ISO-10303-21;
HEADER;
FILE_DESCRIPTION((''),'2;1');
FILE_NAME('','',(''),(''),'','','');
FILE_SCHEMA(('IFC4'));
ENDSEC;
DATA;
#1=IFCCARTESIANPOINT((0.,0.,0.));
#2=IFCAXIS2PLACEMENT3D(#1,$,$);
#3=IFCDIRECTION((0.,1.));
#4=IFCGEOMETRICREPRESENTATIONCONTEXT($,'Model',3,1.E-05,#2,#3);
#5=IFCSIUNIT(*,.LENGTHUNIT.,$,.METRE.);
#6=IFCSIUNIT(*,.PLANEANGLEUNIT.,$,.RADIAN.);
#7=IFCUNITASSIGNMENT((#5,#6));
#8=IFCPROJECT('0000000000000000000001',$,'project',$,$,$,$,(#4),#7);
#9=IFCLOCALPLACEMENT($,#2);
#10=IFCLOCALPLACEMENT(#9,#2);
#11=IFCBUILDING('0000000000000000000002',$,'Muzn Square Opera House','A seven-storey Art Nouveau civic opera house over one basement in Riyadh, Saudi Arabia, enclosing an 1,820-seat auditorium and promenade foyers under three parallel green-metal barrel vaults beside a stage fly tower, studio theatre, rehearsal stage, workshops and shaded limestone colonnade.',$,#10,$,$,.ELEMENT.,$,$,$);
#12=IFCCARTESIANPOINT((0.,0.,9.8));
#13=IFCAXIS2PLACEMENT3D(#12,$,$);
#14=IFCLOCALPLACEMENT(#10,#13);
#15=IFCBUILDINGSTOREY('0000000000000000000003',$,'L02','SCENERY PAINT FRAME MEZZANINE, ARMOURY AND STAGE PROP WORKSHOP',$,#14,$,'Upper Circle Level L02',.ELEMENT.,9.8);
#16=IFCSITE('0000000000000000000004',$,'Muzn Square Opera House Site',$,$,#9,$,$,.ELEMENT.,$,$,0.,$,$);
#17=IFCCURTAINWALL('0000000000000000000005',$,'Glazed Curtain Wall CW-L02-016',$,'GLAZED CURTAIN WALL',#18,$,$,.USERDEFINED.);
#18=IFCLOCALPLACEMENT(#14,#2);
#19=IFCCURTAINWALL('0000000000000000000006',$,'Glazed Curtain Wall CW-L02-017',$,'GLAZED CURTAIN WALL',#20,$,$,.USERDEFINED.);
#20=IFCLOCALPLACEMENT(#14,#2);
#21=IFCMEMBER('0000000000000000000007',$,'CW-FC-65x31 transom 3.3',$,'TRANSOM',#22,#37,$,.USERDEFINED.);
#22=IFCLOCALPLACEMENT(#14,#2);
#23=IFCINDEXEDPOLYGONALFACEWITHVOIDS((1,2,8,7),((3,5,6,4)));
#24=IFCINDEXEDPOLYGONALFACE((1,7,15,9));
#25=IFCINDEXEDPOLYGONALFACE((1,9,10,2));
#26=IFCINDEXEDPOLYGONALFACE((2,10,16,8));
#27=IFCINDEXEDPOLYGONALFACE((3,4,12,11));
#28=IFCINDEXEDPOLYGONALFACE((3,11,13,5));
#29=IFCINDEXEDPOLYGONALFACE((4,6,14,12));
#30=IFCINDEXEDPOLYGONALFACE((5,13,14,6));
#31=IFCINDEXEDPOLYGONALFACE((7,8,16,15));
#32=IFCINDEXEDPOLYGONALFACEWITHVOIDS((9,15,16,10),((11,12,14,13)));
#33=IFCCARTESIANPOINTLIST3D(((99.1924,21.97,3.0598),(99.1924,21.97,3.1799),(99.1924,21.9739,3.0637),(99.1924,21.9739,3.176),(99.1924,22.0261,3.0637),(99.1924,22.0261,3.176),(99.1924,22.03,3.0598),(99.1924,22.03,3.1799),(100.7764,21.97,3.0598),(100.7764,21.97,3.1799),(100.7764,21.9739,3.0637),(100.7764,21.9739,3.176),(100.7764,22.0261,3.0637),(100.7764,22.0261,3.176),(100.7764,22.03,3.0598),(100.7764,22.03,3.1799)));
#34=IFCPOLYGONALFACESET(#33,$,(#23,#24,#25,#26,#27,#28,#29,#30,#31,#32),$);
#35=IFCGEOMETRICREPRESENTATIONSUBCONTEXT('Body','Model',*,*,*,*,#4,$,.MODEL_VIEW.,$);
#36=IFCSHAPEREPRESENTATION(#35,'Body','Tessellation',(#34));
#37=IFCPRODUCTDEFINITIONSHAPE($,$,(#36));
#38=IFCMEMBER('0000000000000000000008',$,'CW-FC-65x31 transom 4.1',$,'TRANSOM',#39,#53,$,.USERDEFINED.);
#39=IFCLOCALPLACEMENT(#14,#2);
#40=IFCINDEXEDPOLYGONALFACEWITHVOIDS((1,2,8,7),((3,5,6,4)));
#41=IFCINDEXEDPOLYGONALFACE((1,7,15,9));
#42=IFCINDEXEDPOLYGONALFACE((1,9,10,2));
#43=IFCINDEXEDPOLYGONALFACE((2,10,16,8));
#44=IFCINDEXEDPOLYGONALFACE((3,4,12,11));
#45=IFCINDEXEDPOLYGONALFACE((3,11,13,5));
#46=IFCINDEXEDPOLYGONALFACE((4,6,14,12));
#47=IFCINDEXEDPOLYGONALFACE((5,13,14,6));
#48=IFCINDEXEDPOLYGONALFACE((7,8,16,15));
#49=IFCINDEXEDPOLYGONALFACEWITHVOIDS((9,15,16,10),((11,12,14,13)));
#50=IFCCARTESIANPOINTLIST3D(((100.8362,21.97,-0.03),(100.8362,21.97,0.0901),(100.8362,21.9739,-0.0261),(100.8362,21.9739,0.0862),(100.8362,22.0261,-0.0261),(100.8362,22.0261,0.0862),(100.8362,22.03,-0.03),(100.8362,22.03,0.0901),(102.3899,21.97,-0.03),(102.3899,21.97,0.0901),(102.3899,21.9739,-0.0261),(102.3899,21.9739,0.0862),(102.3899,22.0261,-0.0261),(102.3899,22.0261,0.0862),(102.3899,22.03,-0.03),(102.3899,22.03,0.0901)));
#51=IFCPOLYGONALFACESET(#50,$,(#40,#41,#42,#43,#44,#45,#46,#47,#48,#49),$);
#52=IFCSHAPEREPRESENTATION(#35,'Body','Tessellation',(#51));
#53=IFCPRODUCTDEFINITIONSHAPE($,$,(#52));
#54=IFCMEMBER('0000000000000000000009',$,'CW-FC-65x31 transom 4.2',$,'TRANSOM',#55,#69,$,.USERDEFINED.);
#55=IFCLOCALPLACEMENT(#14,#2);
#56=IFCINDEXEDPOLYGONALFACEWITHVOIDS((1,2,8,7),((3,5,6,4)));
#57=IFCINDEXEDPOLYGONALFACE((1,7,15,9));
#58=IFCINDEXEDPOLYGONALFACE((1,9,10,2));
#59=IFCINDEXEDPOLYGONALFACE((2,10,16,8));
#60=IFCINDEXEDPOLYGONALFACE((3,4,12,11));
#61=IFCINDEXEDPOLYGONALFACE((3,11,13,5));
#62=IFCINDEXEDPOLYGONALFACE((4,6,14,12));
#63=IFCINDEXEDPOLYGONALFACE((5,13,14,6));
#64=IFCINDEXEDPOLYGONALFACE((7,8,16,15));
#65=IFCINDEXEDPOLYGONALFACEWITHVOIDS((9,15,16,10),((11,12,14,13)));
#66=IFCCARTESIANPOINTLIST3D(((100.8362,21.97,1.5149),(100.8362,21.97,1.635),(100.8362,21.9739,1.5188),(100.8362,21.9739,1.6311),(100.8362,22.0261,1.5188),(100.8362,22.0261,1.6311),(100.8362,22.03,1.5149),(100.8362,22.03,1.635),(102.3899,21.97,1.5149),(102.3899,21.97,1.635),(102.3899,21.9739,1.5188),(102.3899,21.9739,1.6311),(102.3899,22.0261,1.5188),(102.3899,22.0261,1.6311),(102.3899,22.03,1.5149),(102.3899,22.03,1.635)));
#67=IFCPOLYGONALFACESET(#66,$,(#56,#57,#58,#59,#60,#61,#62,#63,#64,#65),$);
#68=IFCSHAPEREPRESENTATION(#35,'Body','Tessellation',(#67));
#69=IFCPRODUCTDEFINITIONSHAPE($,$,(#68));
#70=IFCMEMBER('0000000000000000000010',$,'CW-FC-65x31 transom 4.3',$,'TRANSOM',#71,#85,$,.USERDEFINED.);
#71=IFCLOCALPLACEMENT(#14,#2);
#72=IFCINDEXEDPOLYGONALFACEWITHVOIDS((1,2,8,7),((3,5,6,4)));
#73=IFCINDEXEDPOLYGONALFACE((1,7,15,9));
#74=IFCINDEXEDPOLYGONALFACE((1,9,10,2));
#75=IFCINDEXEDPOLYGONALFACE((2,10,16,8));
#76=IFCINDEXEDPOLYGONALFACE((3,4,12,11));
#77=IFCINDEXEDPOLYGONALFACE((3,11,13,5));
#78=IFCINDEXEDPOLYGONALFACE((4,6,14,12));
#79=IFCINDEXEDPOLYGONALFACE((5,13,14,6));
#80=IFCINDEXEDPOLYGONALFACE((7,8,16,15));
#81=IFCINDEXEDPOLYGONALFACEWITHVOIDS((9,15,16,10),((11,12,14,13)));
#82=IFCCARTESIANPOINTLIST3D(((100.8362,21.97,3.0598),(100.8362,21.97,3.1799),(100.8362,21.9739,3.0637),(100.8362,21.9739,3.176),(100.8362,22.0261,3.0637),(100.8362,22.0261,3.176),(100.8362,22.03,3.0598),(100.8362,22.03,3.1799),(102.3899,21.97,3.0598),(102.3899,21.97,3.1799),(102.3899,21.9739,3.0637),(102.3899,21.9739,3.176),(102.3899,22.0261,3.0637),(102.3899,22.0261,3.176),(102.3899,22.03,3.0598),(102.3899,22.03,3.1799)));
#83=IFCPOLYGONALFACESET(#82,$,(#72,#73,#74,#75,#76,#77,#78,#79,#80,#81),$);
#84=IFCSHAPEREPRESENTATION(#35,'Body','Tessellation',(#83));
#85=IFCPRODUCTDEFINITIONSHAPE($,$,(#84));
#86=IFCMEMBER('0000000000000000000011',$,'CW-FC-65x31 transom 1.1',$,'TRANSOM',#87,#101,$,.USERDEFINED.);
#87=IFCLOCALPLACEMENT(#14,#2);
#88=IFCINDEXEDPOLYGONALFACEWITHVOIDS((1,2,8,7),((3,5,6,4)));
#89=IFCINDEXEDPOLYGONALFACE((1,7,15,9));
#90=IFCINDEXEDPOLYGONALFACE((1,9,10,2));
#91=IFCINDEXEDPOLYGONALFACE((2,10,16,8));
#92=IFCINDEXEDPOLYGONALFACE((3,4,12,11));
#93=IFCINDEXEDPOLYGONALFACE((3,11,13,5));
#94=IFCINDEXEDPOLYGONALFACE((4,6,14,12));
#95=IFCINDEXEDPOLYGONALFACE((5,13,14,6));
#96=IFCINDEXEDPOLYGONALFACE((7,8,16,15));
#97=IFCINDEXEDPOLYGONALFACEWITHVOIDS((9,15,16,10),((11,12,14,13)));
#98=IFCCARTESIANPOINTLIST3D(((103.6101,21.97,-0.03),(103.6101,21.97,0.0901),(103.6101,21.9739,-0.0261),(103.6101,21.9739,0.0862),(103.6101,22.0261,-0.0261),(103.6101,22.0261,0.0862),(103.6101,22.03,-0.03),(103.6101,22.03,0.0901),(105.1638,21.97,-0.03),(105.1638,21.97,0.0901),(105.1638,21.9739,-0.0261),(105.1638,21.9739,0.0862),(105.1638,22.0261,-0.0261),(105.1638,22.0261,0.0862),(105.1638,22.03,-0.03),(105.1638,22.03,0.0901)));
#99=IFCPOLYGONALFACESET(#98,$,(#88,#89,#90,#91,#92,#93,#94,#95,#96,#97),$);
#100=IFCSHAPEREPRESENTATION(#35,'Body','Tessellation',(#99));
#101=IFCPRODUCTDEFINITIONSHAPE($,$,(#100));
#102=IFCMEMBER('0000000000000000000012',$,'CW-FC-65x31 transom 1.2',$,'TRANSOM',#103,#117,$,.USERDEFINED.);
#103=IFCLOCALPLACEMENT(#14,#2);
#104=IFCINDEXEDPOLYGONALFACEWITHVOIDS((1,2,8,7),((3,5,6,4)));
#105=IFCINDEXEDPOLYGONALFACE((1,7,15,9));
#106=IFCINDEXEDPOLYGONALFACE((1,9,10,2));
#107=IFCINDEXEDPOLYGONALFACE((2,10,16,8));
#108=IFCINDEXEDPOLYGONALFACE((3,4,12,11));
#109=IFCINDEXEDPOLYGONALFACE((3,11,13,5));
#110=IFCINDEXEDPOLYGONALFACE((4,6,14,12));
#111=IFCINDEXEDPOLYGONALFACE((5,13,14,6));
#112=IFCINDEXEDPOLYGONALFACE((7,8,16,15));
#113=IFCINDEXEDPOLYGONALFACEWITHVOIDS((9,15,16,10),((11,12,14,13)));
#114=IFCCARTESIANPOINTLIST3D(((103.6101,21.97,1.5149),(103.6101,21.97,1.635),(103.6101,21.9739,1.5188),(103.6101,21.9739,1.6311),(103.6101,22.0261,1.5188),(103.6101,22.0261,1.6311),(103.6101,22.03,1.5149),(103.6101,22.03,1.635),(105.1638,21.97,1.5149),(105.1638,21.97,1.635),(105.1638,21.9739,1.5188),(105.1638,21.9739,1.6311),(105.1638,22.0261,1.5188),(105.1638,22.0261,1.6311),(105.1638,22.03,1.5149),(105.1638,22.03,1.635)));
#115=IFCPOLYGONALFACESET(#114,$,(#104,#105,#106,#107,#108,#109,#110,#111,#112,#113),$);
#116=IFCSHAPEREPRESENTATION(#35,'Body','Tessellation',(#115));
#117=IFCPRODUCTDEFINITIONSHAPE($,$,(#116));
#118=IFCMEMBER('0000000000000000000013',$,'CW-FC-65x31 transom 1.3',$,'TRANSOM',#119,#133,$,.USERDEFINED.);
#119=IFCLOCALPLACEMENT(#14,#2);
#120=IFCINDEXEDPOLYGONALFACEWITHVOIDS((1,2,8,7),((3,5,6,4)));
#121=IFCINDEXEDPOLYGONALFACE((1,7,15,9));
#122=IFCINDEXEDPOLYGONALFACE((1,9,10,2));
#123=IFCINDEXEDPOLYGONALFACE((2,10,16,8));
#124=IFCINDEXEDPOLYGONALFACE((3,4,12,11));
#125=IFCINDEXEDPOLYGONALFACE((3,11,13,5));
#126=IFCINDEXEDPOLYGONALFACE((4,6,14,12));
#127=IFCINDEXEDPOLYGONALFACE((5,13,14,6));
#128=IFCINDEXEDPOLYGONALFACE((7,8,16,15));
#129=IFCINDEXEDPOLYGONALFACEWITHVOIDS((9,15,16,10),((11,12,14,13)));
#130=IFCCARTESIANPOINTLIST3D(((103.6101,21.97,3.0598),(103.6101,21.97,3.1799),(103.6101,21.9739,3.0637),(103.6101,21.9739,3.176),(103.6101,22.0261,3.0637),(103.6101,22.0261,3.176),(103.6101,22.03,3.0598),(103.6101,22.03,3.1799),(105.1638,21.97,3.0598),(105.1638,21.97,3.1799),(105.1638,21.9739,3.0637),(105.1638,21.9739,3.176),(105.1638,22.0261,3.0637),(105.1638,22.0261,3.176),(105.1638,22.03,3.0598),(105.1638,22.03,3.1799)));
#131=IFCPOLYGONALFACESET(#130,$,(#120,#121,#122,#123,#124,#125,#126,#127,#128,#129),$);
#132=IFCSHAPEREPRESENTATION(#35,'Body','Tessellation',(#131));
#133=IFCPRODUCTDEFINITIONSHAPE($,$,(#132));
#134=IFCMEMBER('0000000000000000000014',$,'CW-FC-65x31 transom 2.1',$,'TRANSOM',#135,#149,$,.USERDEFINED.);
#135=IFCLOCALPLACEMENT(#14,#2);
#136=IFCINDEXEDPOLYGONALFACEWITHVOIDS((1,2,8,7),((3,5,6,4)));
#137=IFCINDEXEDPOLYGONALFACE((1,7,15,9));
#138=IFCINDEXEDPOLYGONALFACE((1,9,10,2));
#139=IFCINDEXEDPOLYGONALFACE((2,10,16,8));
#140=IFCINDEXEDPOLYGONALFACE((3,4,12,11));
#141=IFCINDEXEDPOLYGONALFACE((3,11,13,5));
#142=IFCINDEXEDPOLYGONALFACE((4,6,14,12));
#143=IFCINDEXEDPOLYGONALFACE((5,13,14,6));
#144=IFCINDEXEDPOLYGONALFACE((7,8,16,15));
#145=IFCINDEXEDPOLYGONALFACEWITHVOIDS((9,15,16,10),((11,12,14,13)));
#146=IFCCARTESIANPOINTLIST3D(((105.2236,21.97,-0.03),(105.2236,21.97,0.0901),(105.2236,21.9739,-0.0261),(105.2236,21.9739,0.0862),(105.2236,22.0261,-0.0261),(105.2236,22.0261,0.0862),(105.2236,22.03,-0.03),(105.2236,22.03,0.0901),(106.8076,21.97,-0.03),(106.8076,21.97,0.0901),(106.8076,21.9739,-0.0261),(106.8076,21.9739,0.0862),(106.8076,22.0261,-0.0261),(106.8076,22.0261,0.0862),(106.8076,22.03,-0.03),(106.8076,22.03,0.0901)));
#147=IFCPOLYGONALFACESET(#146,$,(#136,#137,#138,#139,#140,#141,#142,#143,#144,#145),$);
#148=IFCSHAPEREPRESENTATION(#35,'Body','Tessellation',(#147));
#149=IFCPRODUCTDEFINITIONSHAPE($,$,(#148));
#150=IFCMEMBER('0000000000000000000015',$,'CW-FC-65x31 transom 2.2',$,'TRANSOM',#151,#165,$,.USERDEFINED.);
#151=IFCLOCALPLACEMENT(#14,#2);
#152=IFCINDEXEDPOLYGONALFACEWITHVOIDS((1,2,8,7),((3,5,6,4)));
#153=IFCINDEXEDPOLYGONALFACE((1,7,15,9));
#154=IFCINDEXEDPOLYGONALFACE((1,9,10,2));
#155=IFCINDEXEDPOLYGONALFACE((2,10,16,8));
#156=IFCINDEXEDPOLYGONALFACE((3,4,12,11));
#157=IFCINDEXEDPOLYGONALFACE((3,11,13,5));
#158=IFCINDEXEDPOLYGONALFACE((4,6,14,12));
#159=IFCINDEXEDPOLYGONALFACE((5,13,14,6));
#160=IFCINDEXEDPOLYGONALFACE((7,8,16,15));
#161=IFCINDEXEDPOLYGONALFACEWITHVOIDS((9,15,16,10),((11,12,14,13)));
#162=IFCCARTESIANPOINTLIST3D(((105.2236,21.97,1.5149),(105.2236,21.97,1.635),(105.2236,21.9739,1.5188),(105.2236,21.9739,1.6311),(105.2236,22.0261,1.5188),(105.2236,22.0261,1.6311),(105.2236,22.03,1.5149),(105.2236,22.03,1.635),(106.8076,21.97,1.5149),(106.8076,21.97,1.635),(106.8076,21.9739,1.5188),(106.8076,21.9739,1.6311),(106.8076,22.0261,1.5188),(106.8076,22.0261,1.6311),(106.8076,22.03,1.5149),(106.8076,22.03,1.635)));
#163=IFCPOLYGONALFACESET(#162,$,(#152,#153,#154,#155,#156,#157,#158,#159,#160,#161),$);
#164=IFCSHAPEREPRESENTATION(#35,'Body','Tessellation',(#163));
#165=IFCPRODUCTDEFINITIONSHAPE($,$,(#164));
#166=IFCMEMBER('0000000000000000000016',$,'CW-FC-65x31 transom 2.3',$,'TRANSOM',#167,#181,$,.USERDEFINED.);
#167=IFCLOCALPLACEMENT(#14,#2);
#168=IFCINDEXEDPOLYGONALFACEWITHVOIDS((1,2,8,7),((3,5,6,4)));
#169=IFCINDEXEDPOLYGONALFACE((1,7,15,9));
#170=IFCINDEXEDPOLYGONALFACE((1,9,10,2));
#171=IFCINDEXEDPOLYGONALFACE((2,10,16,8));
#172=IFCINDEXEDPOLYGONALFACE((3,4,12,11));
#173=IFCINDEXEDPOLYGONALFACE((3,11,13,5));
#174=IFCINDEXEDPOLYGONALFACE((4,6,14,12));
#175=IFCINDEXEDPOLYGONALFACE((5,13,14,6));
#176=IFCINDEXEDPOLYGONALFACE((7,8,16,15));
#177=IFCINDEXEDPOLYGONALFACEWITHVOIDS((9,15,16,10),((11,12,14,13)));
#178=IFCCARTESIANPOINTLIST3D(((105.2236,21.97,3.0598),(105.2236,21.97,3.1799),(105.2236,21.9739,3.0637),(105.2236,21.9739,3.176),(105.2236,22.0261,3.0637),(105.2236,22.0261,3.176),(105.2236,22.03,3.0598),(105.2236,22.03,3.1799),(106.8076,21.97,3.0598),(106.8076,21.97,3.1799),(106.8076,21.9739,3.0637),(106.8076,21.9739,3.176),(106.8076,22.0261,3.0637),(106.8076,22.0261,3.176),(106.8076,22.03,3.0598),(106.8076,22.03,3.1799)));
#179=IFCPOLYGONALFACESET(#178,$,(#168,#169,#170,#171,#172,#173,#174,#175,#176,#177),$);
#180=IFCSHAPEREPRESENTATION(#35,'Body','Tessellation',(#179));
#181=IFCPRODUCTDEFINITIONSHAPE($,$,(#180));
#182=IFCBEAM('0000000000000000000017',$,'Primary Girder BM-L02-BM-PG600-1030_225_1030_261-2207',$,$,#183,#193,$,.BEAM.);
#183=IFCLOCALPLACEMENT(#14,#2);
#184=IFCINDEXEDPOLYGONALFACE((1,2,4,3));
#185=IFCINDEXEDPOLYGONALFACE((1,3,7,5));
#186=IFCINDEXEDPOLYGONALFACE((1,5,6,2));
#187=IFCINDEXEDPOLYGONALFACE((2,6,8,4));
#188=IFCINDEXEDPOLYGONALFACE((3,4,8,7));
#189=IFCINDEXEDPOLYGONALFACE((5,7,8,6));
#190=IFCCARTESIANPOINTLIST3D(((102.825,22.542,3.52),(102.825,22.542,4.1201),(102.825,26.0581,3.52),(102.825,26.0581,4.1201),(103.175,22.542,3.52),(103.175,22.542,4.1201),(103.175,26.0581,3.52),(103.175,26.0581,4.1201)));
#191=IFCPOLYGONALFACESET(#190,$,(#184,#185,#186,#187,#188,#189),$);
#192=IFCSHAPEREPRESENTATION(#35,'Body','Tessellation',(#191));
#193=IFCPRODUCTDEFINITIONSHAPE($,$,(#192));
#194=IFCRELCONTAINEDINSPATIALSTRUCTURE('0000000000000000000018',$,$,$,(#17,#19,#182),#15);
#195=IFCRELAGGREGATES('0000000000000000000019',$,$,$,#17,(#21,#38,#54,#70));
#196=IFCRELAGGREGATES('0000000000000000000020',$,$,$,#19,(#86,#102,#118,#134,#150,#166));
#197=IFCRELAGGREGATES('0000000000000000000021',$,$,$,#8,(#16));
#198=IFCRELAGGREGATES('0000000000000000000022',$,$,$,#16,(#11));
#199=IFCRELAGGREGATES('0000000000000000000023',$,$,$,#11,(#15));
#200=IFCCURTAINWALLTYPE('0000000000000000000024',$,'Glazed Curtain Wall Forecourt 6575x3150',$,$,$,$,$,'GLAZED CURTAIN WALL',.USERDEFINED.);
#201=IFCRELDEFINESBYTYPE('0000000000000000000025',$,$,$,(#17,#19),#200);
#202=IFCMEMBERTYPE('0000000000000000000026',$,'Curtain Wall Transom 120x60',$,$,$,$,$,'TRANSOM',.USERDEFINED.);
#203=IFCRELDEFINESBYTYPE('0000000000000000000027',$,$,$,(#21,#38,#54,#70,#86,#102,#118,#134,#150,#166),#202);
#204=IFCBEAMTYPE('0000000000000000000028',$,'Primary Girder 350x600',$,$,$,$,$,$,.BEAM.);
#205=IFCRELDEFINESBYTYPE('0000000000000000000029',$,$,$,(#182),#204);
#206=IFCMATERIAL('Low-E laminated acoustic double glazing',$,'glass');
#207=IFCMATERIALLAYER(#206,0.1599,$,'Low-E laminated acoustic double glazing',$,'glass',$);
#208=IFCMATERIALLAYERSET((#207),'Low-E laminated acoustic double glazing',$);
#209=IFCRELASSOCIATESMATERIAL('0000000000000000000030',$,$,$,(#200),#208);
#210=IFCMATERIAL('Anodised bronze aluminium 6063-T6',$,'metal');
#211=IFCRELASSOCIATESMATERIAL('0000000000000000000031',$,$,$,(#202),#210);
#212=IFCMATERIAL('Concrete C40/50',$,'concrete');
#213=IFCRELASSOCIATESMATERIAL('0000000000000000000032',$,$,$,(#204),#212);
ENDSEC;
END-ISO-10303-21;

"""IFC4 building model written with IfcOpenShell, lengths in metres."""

from ifc_helpers import new_model, si_unit, direction, frame, origin, origin_2d, place, context, subcontext, project, spatial, rectangle, hollow_rectangle, extrude, material, layer, layer_set, material_profile, profile_set, type_object, element, aggregate, save


model = new_model("IFC4")

# Units and contexts
model_context = context("Model", 3, precision=1e-05, world=origin(), true_north=direction((0.0, 1.0)))
body_context = subcontext(model_context, "Body", "Model", "MODEL_VIEW")
ifc_project = project(units=[si_unit("LENGTHUNIT", "METRE"), si_unit("PLANEANGLEUNIT", "RADIAN")], contexts=[model_context])

# Site, building, storey
site_placement = place(None, origin())
site = spatial("IfcSite", under=ifc_project, at=site_placement, Name="Muzn Square Opera House Site", CompositionType="ELEMENT", RefElevation=0.0)
building_placement = place(site_placement, origin())
building = spatial("IfcBuilding", under=site, at=building_placement, Name="Muzn Square Opera House", Description="A seven-storey Art Nouveau civic opera house over one basement in Riyadh, Saudi Arabia, enclosing an 1,820-seat auditorium and promenade foyers under three parallel green-metal barrel vaults beside a stage fly tower, studio theatre, rehearsal stage, workshops and shaded limestone colonnade.", CompositionType="ELEMENT")
storey_placement = place(building_placement, frame((0.0, 0.0, 9.8)))
storey = spatial("IfcBuildingStorey", under=building, at=storey_placement, Name="L02", Description="SCENERY PAINT FRAME MEZZANINE, ARMOURY AND STAGE PROP WORKSHOP", LongName="Upper Circle Level L02", CompositionType="ELEMENT", Elevation=9.8)

# Curtain walls
ifc_material_1 = material(Name="Low-E laminated acoustic double glazing", Category="glass")
ifc_layer_1 = layer(ifc_material_1, 0.1599, Name="Low-E laminated acoustic double glazing", Category="glass")
ifc_layer_set_1 = layer_set([ifc_layer_1], Name="Low-E laminated acoustic double glazing")
curtain_wall_type = type_object("IfcCurtainWallType", Name="Glazed Curtain Wall Forecourt 6575x3150", ElementType="GLAZED CURTAIN WALL", PredefinedType="USERDEFINED", material=ifc_layer_set_1)
curtain_wall_1_placement = place(storey_placement, origin())
curtain_wall_1 = element("IfcCurtainWall", 1, at=curtain_wall_1_placement, inside=storey, type_object=curtain_wall_type, Name="Glazed Curtain Wall CW-L02-016", ObjectType="GLAZED CURTAIN WALL", PredefinedType="USERDEFINED")
ifc_material_2 = material(Name="Anodised bronze aluminium 6063-T6", Category="metal")
curtain_wall_2_placement = place(storey_placement, origin())
curtain_wall_2 = element("IfcCurtainWall", 2, at=curtain_wall_2_placement, inside=storey, type_object=curtain_wall_type, Name="Glazed Curtain Wall CW-L02-017", ObjectType="GLAZED CURTAIN WALL", PredefinedType="USERDEFINED")

# Members
ifc_material_profile_1 = material_profile(ifc_material_2, hollow_rectangle(XDim=0.0601, YDim=0.1201, WallThickness=0.0039, at=origin_2d()), Name="ALU 120x60x4", Category="metal")
ifc_profile_set_1 = profile_set([ifc_material_profile_1], Name="Anodised bronze aluminium 6063-T6")
member_type_1 = type_object("IfcMemberType", Name="Curtain Wall Transom 120x60", ElementType="TRANSOM", PredefinedType="USERDEFINED", material=ifc_profile_set_1)
member_1_placement = place(storey_placement, frame((99.1924, 22.0, 3.1199), z_axis=(1.0, 0.0, 0.0), x_axis=(0.0, 1.0, 0.0)))
member_1 = element("IfcMember", 3, at=member_1_placement, type_object=member_type_1, Name="CW-FC-65x31 transom 3.3", ObjectType="TRANSOM", PredefinedType="USERDEFINED", context=body_context, shape_type="SweptSolid", body=[
    extrude(hollow_rectangle(XDim=0.0601, YDim=0.1201, WallThickness=0.0039, at=origin_2d()), origin(), (0.0, 0.0, 1.0), 1.584),
])
member_2_placement = place(storey_placement, frame((100.8362, 22.0, 0.03), z_axis=(1.0, 0.0, 0.0), x_axis=(0.0, 1.0, 0.0)))
member_2 = element("IfcMember", 4, at=member_2_placement, type_object=member_type_1, Name="CW-FC-65x31 transom 4.1", ObjectType="TRANSOM", PredefinedType="USERDEFINED", context=body_context, shape_type="SweptSolid", body=[
    extrude(hollow_rectangle(XDim=0.0601, YDim=0.1201, WallThickness=0.0039, at=origin_2d()), origin(), (0.0, 0.0, 1.0), 1.5537),
])
member_3_placement = place(storey_placement, frame((100.8362, 22.0, 1.575), z_axis=(1.0, 0.0, 0.0), x_axis=(0.0, 1.0, 0.0)))
member_3 = element("IfcMember", 5, at=member_3_placement, type_object=member_type_1, Name="CW-FC-65x31 transom 4.2", ObjectType="TRANSOM", PredefinedType="USERDEFINED", context=body_context, shape_type="SweptSolid", body=[
    extrude(hollow_rectangle(XDim=0.0601, YDim=0.1201, WallThickness=0.0039, at=origin_2d()), origin(), (0.0, 0.0, 1.0), 1.5537),
])
member_4_placement = place(storey_placement, frame((100.8362, 22.0, 3.1199), z_axis=(1.0, 0.0, 0.0), x_axis=(0.0, 1.0, 0.0)))
member_4 = element("IfcMember", 6, at=member_4_placement, type_object=member_type_1, Name="CW-FC-65x31 transom 4.3", ObjectType="TRANSOM", PredefinedType="USERDEFINED", context=body_context, shape_type="SweptSolid", body=[
    extrude(hollow_rectangle(XDim=0.0601, YDim=0.1201, WallThickness=0.0039, at=origin_2d()), origin(), (0.0, 0.0, 1.0), 1.5537),
])
member_5_placement = place(storey_placement, frame((103.6101, 22.0, 0.03), z_axis=(1.0, 0.0, 0.0), x_axis=(0.0, 1.0, 0.0)))
member_5 = element("IfcMember", 7, at=member_5_placement, type_object=member_type_1, Name="CW-FC-65x31 transom 1.1", ObjectType="TRANSOM", PredefinedType="USERDEFINED", context=body_context, shape_type="SweptSolid", body=[
    extrude(hollow_rectangle(XDim=0.0601, YDim=0.1201, WallThickness=0.0039, at=origin_2d()), origin(), (0.0, 0.0, 1.0), 1.5537),
])
member_6_placement = place(storey_placement, frame((103.6101, 22.0, 1.575), z_axis=(1.0, 0.0, 0.0), x_axis=(0.0, 1.0, 0.0)))
member_6 = element("IfcMember", 8, at=member_6_placement, type_object=member_type_1, Name="CW-FC-65x31 transom 1.2", ObjectType="TRANSOM", PredefinedType="USERDEFINED", context=body_context, shape_type="SweptSolid", body=[
    extrude(hollow_rectangle(XDim=0.0601, YDim=0.1201, WallThickness=0.0039, at=origin_2d()), origin(), (0.0, 0.0, 1.0), 1.5537),
])
member_7_placement = place(storey_placement, frame((103.6101, 22.0, 3.1199), z_axis=(1.0, 0.0, 0.0), x_axis=(0.0, 1.0, 0.0)))
member_7 = element("IfcMember", 9, at=member_7_placement, type_object=member_type_1, Name="CW-FC-65x31 transom 1.3", ObjectType="TRANSOM", PredefinedType="USERDEFINED", context=body_context, shape_type="SweptSolid", body=[
    extrude(hollow_rectangle(XDim=0.0601, YDim=0.1201, WallThickness=0.0039, at=origin_2d()), origin(), (0.0, 0.0, 1.0), 1.5537),
])
member_8_placement = place(storey_placement, frame((105.2236, 22.0, 0.03), z_axis=(1.0, 0.0, 0.0), x_axis=(0.0, 1.0, 0.0)))
member_8 = element("IfcMember", 10, at=member_8_placement, type_object=member_type_1, Name="CW-FC-65x31 transom 2.1", ObjectType="TRANSOM", PredefinedType="USERDEFINED", context=body_context, shape_type="SweptSolid", body=[
    extrude(hollow_rectangle(XDim=0.0601, YDim=0.1201, WallThickness=0.0039, at=origin_2d()), origin(), (0.0, 0.0, 1.0), 1.584),
])
member_9_placement = place(storey_placement, frame((105.2236, 22.0, 1.575), z_axis=(1.0, 0.0, 0.0), x_axis=(0.0, 1.0, 0.0)))
member_9 = element("IfcMember", 11, at=member_9_placement, type_object=member_type_1, Name="CW-FC-65x31 transom 2.2", ObjectType="TRANSOM", PredefinedType="USERDEFINED", context=body_context, shape_type="SweptSolid", body=[
    extrude(hollow_rectangle(XDim=0.0601, YDim=0.1201, WallThickness=0.0039, at=origin_2d()), origin(), (0.0, 0.0, 1.0), 1.584),
])
member_10_placement = place(storey_placement, frame((105.2236, 22.0, 3.1199), z_axis=(1.0, 0.0, 0.0), x_axis=(0.0, 1.0, 0.0)))
member_10 = element("IfcMember", 12, at=member_10_placement, type_object=member_type_1, Name="CW-FC-65x31 transom 2.3", ObjectType="TRANSOM", PredefinedType="USERDEFINED", context=body_context, shape_type="SweptSolid", body=[
    extrude(hollow_rectangle(XDim=0.0601, YDim=0.1201, WallThickness=0.0039, at=origin_2d()), origin(), (0.0, 0.0, 1.0), 1.584),
])

# Beam
ifc_material_3 = material(Name="Concrete C40/50", Category="concrete")
ifc_material_profile_2 = material_profile(ifc_material_3, rectangle(XDim=0.3501, YDim=0.6001, at=origin_2d()), Name="RCB 350x600", Category="concrete")
ifc_profile_set_2 = profile_set([ifc_material_profile_2], Name="Concrete C40/50")
beam_type_1 = type_object("IfcBeamType", Name="Primary Girder 350x600", PredefinedType="BEAM", material=ifc_profile_set_2)
beam_1_placement = place(storey_placement, frame((103.0, 22.542, 3.8201), z_axis=(0.0, 1.0, 0.0), x_axis=(-1.0, 0.0, 0.0)))
element("IfcBeam", 13, at=beam_1_placement, inside=storey, type_object=beam_type_1, Name="Primary Girder BM-L02-BM-PG600-1030_225_1030_261-2207", PredefinedType="BEAM", context=body_context, shape_type="SweptSolid", body=[
    extrude(rectangle(XDim=0.3501, YDim=0.6001, at=origin_2d()), origin(), (0.0, 0.0, 1.0), 3.5161),
])

aggregate(curtain_wall_1, [member_1, member_2, member_3, member_4])
aggregate(curtain_wall_2, [member_5, member_6, member_7, member_8, member_9, member_10])

save(model, "model.ifc")
